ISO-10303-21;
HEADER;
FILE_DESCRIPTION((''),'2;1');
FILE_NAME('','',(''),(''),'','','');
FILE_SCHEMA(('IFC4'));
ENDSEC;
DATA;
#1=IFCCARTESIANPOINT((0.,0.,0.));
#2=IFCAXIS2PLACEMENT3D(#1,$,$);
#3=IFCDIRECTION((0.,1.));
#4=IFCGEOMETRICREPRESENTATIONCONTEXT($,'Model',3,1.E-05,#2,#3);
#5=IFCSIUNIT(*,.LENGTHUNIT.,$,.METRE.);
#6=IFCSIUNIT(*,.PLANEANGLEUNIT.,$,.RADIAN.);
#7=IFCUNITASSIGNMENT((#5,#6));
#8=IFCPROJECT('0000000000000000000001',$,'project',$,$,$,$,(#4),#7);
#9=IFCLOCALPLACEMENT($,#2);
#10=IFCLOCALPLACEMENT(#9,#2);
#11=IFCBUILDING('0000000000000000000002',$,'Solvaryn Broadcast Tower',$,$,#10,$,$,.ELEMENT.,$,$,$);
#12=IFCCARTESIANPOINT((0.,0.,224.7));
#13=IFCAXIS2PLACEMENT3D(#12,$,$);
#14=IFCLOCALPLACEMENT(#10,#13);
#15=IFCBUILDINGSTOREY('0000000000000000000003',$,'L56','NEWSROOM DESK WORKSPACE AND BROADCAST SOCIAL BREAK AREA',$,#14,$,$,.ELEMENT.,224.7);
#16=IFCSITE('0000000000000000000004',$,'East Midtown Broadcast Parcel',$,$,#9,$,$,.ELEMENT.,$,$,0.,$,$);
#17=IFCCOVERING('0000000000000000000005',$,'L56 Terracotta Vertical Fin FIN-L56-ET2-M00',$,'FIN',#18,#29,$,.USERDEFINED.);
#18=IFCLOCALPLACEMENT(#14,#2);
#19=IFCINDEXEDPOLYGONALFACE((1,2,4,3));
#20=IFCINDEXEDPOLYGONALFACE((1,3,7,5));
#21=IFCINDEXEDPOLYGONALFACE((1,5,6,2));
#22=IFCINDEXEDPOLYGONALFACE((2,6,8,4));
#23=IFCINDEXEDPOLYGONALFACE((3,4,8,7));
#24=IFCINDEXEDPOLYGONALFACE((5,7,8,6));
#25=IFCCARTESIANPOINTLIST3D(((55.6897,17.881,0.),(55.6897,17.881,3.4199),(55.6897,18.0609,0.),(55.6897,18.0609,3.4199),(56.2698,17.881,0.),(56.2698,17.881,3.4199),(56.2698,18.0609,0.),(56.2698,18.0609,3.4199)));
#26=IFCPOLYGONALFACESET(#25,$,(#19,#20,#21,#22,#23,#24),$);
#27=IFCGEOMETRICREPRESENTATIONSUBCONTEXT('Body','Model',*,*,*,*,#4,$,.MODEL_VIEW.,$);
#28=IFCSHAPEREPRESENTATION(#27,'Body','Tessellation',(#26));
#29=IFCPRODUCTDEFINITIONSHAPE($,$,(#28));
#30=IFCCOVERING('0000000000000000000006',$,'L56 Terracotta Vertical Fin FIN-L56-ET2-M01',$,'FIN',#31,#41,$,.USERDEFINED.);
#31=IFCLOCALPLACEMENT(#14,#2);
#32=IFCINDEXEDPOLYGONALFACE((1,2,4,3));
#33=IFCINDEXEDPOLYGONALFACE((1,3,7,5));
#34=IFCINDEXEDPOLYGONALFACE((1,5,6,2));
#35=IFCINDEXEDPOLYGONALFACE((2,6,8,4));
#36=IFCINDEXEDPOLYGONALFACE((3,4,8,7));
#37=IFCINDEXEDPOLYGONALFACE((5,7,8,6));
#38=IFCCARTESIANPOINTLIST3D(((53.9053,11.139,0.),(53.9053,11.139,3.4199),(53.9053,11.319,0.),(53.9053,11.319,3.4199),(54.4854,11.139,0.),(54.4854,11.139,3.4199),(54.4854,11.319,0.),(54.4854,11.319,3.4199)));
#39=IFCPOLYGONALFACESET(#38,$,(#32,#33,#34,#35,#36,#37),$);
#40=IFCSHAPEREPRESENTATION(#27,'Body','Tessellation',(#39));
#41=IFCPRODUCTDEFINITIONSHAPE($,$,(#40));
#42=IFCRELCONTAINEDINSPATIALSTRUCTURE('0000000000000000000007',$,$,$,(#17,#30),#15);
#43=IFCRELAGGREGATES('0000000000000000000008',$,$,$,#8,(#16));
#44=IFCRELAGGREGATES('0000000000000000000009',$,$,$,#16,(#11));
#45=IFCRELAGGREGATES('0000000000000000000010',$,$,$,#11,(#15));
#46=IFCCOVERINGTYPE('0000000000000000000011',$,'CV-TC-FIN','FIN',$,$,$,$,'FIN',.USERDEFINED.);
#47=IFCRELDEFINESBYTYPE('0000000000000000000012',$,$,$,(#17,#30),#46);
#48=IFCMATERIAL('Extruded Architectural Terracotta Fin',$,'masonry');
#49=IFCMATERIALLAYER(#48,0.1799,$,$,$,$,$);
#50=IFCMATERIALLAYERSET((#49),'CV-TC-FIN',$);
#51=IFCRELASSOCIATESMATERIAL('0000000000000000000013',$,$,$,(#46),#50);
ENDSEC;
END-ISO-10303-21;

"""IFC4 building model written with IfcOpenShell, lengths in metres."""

from ifc_helpers import new_model, si_unit, direction, frame, origin, origin_2d, place, context, subcontext, project, spatial, rectangle, extrude, material, layer, layer_set, type_object, element, save


model = new_model("IFC4")

# Units and contexts
model_context = context("Model", 3, precision=1e-05, world=origin(), true_north=direction((0.0, 1.0)))
body_context = subcontext(model_context, "Body", "Model", "MODEL_VIEW")
ifc_project = project(units=[si_unit("LENGTHUNIT", "METRE"), si_unit("PLANEANGLEUNIT", "RADIAN")], contexts=[model_context])

# Site, building, storey
site_placement = place(None, origin())
site = spatial("IfcSite", under=ifc_project, at=site_placement, Name="East Midtown Broadcast Parcel", CompositionType="ELEMENT", RefElevation=0.0)
building_placement = place(site_placement, origin())
building = spatial("IfcBuilding", under=site, at=building_placement, Name="Solvaryn Broadcast Tower", CompositionType="ELEMENT")
storey_placement = place(building_placement, frame((0.0, 0.0, 224.7)))
storey = spatial("IfcBuildingStorey", under=building, at=storey_placement, Name="L56", Description="NEWSROOM DESK WORKSPACE AND BROADCAST SOCIAL BREAK AREA", CompositionType="ELEMENT", Elevation=224.7)

# Coverings
ifc_material_1 = material(Name="Extruded Architectural Terracotta Fin", Category="masonry")
ifc_layer_1 = layer(ifc_material_1, 0.1799)
ifc_layer_set_1 = layer_set([ifc_layer_1], Name="CV-TC-FIN")
covering_type_1 = type_object("IfcCoveringType", Name="CV-TC-FIN", Description="FIN", ElementType="FIN", PredefinedType="USERDEFINED", material=ifc_layer_set_1)
for number, where, z_axis, x_axis, name in (
    (1, (55.9797, 17.9709, 0.0), (0.0, 0.0, 1.0), (1.0, 0.0, 0.0), "L56 Terracotta Vertical Fin FIN-L56-ET2-M00"),
    (2, (54.1953, 11.229, 0.0), (0.0, 0.0, 1.0), (1.0, 0.0, 0.0), "L56 Terracotta Vertical Fin FIN-L56-ET2-M01"),
):
    element("IfcCovering", number, at=place(storey_placement, frame(where, z_axis=z_axis, x_axis=x_axis)), inside=storey, type_object=covering_type_1, Name=name, ObjectType="FIN", PredefinedType="USERDEFINED", context=body_context, shape_type="SweptSolid", body=[
        extrude(rectangle(XDim=0.5801, YDim=0.1799, at=origin_2d()), origin(), (0.0, 0.0, 1.0), 3.4199),
    ])

save(model, "model.ifc")
